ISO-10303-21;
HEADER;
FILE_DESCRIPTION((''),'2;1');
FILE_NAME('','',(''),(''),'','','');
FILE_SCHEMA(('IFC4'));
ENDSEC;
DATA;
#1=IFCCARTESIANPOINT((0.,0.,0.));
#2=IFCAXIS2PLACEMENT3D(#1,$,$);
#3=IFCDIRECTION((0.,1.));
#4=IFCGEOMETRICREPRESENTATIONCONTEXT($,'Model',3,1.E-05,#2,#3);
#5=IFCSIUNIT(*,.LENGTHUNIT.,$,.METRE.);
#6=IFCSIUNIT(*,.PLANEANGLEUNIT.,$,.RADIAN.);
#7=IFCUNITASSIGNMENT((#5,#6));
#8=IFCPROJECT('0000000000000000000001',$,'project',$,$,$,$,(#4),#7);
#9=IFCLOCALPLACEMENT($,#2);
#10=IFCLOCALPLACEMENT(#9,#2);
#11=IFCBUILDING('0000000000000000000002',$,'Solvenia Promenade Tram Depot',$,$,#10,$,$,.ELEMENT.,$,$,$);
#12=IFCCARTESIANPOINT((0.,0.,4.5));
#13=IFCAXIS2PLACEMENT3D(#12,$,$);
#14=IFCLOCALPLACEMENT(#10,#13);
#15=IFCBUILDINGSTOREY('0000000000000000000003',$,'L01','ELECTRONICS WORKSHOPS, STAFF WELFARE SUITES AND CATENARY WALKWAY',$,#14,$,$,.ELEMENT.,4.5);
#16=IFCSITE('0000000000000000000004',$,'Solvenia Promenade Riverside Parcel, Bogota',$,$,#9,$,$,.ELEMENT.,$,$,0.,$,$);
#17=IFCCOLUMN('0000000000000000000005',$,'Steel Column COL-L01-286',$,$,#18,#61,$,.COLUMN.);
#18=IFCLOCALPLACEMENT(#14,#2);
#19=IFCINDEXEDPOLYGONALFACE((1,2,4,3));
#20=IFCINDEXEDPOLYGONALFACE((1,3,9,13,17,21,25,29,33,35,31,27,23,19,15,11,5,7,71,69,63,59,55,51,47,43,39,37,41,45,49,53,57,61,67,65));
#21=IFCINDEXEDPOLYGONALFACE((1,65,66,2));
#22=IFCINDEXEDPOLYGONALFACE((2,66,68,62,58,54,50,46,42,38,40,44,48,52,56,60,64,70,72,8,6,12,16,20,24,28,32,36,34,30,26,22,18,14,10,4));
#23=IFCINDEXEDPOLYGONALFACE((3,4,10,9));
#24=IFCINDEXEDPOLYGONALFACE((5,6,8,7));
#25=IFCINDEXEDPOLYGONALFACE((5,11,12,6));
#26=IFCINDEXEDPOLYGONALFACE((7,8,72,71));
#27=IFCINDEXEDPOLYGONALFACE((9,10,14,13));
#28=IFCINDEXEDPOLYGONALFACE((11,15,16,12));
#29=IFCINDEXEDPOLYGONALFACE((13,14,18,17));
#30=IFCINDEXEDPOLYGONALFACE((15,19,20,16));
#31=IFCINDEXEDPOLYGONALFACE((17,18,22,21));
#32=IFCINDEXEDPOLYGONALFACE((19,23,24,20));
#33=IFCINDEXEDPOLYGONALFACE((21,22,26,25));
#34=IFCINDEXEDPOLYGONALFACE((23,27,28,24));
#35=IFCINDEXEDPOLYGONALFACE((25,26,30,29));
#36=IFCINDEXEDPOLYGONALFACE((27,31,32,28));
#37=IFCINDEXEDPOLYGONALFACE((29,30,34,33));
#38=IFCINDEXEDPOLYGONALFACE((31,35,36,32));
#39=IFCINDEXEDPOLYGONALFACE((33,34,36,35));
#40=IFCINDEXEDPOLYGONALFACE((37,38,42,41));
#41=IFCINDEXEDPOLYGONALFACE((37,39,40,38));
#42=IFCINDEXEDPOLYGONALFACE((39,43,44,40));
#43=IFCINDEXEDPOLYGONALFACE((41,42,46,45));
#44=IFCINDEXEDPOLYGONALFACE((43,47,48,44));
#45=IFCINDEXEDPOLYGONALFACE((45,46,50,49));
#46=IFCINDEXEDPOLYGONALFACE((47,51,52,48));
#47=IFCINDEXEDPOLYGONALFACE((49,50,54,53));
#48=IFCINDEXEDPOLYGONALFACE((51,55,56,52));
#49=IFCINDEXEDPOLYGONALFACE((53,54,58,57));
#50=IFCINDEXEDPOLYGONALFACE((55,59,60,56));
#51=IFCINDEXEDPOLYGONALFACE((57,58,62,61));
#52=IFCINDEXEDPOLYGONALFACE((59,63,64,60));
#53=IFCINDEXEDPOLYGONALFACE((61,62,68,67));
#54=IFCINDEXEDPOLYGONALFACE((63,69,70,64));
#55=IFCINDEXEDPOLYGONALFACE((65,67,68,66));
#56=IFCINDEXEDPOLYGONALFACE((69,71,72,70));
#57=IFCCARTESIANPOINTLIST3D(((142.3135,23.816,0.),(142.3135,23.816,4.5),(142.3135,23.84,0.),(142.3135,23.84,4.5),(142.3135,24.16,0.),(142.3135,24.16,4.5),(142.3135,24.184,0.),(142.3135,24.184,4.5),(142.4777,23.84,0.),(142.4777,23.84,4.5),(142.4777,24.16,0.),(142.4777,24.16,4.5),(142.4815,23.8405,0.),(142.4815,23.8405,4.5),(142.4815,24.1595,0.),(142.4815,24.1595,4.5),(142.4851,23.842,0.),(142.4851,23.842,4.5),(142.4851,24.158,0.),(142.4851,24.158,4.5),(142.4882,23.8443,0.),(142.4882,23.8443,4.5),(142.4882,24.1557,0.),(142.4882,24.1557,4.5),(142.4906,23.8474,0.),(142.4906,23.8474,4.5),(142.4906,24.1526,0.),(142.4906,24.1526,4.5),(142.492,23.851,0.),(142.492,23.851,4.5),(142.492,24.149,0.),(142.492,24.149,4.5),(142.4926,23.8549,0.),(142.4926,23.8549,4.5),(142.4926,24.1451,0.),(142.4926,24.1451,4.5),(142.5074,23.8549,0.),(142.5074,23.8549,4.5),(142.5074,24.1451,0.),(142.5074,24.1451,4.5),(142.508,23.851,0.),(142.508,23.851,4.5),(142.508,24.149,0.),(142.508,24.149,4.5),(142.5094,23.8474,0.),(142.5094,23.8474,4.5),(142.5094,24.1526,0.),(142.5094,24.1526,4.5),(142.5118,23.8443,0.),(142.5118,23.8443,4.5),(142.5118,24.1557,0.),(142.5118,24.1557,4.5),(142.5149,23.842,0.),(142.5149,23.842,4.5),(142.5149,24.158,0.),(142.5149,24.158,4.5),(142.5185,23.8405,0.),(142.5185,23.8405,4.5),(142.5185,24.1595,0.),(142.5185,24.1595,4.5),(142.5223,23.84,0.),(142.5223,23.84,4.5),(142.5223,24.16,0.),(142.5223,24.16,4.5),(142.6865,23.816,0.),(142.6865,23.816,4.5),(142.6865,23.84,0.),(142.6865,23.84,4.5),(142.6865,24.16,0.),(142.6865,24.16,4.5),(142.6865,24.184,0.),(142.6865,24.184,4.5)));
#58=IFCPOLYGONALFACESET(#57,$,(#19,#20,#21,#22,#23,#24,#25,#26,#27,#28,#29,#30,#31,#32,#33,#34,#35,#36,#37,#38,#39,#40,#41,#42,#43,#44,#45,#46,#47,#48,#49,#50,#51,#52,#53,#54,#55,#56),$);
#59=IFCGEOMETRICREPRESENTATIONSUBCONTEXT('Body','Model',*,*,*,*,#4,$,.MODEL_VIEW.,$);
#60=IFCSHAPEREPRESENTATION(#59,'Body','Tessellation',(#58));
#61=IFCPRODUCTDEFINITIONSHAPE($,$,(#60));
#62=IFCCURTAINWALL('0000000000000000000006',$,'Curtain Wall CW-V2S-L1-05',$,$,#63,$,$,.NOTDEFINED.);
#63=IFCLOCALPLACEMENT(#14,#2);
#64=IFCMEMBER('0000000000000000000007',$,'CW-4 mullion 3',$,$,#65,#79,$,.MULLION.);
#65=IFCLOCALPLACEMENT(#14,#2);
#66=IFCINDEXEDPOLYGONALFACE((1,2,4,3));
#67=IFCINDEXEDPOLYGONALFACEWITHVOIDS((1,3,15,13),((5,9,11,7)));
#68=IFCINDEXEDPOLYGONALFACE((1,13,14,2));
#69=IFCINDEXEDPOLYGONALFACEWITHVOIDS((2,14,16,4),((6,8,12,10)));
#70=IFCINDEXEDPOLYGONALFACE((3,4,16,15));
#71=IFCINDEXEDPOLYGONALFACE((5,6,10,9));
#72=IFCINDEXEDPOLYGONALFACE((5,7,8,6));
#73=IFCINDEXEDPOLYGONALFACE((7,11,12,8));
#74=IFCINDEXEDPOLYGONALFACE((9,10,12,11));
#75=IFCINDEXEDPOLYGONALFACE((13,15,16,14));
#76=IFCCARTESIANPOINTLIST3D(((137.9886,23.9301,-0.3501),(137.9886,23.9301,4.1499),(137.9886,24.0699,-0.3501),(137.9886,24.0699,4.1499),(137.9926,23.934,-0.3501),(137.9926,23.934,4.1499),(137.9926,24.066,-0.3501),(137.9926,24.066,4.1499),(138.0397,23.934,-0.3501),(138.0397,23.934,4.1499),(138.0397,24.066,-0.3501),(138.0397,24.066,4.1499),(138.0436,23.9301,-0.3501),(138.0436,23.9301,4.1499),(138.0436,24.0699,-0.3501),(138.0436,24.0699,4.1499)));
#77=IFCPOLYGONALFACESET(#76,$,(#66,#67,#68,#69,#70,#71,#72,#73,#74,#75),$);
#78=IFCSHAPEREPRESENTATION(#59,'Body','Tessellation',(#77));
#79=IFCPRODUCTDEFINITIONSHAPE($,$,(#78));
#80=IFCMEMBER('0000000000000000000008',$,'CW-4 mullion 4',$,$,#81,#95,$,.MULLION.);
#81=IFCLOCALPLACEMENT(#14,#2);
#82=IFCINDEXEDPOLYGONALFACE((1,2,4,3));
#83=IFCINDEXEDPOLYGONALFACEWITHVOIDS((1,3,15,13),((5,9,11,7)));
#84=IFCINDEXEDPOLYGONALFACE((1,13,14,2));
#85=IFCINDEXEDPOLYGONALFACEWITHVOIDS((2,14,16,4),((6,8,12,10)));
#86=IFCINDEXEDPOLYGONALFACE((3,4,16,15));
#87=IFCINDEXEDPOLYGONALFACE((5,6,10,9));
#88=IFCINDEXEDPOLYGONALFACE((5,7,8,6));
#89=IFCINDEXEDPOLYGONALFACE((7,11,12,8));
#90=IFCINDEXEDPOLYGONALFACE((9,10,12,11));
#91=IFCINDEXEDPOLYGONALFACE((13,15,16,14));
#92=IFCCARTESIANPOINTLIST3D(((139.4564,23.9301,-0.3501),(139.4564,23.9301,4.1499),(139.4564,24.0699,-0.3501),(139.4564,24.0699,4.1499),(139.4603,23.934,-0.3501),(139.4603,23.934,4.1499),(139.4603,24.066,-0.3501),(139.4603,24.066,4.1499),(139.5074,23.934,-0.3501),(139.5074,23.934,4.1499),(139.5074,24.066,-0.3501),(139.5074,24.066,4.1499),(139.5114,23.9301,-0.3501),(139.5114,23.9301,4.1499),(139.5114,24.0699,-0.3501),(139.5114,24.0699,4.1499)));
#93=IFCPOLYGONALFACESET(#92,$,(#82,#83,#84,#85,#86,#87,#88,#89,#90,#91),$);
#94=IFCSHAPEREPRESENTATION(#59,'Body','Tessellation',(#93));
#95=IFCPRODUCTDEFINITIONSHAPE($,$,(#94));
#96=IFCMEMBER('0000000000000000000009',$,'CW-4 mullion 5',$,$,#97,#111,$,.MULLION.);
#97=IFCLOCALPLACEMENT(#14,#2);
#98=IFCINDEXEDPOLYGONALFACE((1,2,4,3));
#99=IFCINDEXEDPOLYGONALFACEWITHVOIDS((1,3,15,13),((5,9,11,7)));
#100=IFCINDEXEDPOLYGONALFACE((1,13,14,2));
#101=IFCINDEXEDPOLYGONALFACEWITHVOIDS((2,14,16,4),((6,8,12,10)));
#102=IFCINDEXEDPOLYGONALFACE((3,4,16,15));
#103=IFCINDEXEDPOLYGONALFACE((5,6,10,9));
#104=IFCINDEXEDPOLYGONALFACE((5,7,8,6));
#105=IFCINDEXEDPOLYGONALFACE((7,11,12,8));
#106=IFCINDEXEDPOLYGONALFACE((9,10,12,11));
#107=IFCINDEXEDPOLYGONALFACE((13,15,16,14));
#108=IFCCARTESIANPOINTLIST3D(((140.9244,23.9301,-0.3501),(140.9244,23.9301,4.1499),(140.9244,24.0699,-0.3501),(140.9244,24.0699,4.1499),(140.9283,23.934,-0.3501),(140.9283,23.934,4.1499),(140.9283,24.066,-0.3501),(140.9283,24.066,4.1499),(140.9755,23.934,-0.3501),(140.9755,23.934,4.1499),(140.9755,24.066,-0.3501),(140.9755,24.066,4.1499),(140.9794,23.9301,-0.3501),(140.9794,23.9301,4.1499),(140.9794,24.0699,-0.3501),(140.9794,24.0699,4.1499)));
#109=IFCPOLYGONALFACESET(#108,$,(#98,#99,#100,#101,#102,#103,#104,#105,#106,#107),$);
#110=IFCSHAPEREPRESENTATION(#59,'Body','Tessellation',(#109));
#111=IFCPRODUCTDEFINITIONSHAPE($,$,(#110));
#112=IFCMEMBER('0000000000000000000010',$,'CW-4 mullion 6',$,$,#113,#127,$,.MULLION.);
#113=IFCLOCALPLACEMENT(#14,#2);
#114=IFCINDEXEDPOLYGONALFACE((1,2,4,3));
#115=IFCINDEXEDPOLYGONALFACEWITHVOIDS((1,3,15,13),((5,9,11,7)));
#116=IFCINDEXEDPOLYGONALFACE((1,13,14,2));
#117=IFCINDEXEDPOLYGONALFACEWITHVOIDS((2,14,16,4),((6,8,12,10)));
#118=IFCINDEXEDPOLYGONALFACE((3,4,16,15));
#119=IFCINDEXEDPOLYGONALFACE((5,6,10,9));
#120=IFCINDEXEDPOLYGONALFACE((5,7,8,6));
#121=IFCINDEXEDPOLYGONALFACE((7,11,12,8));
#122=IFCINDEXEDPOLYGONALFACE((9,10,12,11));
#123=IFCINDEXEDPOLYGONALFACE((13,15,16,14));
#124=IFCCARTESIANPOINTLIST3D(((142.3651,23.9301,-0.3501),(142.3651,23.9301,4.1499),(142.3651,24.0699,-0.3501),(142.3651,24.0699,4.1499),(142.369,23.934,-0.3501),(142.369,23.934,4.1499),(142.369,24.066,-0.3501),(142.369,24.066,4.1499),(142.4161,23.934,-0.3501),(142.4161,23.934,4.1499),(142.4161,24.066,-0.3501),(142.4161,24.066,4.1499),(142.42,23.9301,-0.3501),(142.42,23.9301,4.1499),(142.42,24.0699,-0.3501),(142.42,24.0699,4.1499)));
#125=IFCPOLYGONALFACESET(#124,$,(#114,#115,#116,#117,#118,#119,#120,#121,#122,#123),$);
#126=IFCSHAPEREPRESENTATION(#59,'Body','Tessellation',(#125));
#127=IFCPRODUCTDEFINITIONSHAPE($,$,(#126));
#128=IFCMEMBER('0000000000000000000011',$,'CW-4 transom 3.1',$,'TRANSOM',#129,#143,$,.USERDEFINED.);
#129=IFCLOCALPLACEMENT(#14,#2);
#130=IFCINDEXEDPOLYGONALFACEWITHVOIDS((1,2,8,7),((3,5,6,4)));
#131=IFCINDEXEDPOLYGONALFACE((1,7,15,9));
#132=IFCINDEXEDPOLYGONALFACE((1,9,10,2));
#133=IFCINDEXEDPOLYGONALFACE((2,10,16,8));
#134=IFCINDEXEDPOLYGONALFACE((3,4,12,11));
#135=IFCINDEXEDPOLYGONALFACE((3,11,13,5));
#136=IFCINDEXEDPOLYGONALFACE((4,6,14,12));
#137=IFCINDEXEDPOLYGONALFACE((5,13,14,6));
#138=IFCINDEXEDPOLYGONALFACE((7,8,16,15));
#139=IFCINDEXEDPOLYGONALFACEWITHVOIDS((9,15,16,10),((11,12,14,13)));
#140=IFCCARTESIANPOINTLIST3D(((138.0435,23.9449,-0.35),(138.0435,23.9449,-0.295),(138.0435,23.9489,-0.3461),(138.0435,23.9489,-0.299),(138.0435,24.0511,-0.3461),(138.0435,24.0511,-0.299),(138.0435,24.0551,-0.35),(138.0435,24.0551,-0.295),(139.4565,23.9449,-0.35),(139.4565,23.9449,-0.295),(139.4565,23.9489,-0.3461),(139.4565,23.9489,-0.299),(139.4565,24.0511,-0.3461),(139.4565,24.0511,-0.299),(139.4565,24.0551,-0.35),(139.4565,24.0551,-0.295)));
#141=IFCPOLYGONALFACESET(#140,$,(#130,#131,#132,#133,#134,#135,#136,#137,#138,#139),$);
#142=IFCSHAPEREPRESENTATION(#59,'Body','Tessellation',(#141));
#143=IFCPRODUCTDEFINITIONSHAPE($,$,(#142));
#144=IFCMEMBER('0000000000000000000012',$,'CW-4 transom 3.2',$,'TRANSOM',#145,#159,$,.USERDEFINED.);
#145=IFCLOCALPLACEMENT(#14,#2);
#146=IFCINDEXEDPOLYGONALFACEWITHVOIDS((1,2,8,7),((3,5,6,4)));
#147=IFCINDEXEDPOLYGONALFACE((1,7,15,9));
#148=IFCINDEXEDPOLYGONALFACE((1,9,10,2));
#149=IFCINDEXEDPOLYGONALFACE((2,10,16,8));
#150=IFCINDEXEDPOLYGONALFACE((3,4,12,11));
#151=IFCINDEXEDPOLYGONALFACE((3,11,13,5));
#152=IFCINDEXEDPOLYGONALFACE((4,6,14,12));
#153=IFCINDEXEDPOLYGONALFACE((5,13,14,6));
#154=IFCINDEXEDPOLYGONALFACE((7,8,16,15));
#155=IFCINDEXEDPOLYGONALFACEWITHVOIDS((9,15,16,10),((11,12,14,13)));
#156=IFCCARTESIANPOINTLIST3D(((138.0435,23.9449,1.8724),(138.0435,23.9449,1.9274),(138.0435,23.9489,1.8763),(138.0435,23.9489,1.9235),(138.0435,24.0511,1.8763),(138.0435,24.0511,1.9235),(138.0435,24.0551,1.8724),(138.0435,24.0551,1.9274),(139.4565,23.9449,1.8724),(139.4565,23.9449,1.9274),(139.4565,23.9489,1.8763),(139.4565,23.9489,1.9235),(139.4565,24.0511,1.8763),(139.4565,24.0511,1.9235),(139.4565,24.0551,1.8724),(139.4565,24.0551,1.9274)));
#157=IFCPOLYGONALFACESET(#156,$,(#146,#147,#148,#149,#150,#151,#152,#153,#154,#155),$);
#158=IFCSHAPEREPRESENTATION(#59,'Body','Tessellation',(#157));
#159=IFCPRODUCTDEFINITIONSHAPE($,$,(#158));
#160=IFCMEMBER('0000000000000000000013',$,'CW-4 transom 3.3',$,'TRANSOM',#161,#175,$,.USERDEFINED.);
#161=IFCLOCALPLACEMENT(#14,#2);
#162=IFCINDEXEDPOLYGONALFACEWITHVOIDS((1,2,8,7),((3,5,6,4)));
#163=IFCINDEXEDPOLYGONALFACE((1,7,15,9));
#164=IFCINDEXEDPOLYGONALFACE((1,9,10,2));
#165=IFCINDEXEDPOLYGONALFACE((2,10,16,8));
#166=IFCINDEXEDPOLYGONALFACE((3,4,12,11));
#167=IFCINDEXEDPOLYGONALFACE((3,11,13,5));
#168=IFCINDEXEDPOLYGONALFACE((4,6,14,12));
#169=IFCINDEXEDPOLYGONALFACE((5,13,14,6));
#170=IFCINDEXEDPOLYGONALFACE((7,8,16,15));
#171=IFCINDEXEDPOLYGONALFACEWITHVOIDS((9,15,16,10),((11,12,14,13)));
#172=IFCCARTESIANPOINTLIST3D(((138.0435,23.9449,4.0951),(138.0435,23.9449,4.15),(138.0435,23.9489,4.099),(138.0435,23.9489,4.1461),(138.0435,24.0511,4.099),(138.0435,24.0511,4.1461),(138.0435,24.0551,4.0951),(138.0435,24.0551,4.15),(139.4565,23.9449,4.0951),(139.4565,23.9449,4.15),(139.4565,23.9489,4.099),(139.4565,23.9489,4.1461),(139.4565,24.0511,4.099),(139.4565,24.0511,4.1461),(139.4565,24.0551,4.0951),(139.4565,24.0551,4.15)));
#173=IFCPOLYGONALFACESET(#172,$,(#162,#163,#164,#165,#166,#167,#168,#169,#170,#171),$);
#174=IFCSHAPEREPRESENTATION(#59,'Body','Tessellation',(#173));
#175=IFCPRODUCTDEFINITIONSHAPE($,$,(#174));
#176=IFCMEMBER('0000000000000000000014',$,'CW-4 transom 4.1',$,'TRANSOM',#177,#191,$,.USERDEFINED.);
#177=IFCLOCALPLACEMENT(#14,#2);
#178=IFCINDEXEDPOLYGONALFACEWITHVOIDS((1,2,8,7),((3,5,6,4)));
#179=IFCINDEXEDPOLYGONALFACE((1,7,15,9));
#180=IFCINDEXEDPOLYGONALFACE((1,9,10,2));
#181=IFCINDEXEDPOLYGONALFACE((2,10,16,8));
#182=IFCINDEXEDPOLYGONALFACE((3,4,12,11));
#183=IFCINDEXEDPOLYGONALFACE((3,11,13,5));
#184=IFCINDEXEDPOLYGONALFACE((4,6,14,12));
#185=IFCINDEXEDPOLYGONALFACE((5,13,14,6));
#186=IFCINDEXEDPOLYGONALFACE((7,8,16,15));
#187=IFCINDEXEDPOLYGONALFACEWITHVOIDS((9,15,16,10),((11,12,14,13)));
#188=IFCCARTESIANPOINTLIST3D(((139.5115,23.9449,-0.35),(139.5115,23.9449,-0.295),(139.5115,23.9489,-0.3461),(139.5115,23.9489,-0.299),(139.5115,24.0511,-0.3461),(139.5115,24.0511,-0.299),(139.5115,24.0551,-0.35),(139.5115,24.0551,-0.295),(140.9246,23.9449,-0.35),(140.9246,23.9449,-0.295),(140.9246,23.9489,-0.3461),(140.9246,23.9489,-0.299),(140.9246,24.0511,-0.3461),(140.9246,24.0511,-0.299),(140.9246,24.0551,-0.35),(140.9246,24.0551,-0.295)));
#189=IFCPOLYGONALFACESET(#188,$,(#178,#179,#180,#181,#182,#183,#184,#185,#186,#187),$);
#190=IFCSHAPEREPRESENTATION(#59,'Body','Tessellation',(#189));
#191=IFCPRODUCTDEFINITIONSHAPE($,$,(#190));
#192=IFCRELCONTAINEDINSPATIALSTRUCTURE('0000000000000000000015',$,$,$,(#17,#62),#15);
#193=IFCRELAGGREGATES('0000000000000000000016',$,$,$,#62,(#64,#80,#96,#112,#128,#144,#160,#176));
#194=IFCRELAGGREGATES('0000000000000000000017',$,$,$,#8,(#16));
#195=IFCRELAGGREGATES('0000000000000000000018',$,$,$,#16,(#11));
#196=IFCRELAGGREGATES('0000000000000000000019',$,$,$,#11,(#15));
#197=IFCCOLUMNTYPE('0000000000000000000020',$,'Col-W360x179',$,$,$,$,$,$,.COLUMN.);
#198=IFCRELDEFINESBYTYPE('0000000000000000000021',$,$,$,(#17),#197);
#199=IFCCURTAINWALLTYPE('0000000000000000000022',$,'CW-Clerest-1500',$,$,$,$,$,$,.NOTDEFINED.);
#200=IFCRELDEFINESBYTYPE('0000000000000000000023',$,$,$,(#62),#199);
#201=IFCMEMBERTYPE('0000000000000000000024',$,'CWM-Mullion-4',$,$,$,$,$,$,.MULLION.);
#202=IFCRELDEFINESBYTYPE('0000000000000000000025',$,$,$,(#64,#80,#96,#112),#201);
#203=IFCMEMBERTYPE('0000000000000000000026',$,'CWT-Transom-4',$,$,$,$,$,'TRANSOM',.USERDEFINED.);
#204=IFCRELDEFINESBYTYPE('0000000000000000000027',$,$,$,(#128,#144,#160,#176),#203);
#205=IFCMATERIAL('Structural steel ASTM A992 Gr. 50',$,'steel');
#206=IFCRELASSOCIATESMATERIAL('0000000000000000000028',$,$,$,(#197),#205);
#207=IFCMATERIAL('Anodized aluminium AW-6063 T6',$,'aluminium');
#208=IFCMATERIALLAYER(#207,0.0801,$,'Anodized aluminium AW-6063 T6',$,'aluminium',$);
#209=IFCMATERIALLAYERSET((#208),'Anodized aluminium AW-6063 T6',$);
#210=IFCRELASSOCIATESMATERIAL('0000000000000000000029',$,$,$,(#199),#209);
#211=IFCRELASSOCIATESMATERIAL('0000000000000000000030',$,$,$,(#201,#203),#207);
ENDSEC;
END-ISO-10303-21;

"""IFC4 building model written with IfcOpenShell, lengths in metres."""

from ifc_helpers import new_model, si_unit, direction, frame, origin, origin_2d, place, context, subcontext, project, spatial, hollow_rectangle, i_section, extrude, material, layer, layer_set, material_profile, profile_set, type_object, element, aggregate, save


model = new_model("IFC4")

# Units and contexts
model_context = context("Model", 3, precision=1e-05, world=origin(), true_north=direction((0.0, 1.0)))
body_context = subcontext(model_context, "Body", "Model", "MODEL_VIEW")
ifc_project = project(units=[si_unit("LENGTHUNIT", "METRE"), si_unit("PLANEANGLEUNIT", "RADIAN")], contexts=[model_context])

# Site, building, storey
site_placement = place(None, origin())
site = spatial("IfcSite", under=ifc_project, at=site_placement, Name="Solvenia Promenade Riverside Parcel, Bogota", CompositionType="ELEMENT", RefElevation=0.0)
building_placement = place(site_placement, origin())
building = spatial("IfcBuilding", under=site, at=building_placement, Name="Solvenia Promenade Tram Depot", CompositionType="ELEMENT")
storey_placement = place(building_placement, frame((0.0, 0.0, 4.5)))
storey = spatial("IfcBuildingStorey", under=building, at=storey_placement, Name="L01", Description="ELECTRONICS WORKSHOPS, STAFF WELFARE SUITES AND CATENARY WALKWAY", CompositionType="ELEMENT", Elevation=4.5)

# Column
ifc_material_1 = material(Name="Structural steel ASTM A992 Gr. 50", Category="steel")
ifc_material_profile_1 = material_profile(ifc_material_1, i_section(OverallWidth=0.373, OverallDepth=0.3679, WebThickness=0.0149, FlangeThickness=0.0239, FilletRadius=0.0149, at=origin_2d()), Name="W360x179", Category="steel")
ifc_profile_set_1 = profile_set([ifc_material_profile_1], Name="Structural steel ASTM A992 Gr. 50")
column_type = type_object("IfcColumnType", Name="Col-W360x179", PredefinedType="COLUMN", material=ifc_profile_set_1)
column_placement = place(storey_placement, frame((142.5, 24.0, 0.0), z_axis=(0.0, 0.0, 1.0), x_axis=(1.0, 0.0, 0.0)))
element("IfcColumn", 1, at=column_placement, inside=storey, type_object=column_type, Name="Steel Column COL-L01-286", PredefinedType="COLUMN", context=body_context, shape_type="SweptSolid", body=[
    extrude(i_section(OverallWidth=0.373, OverallDepth=0.3679, WebThickness=0.0149, FlangeThickness=0.0239, FilletRadius=0.0149, at=origin_2d()), origin(), (0.0, 0.0, 1.0), 4.5),
])

# Curtain wall, members
ifc_material_2 = material(Name="Anodized aluminium AW-6063 T6", Category="aluminium")
ifc_layer_1 = layer(ifc_material_2, 0.0801, Name="Anodized aluminium AW-6063 T6", Category="aluminium")
ifc_layer_set_1 = layer_set([ifc_layer_1], Name="Anodized aluminium AW-6063 T6")
curtain_wall_type = type_object("IfcCurtainWallType", Name="CW-Clerest-1500", PredefinedType="NOTDEFINED", material=ifc_layer_set_1)
curtain_wall_placement = place(storey_placement, origin())
curtain_wall = element("IfcCurtainWall", 2, at=curtain_wall_placement, inside=storey, type_object=curtain_wall_type, Name="Curtain Wall CW-V2S-L1-05", PredefinedType="NOTDEFINED")
ifc_material_profile_2 = material_profile(ifc_material_2, hollow_rectangle(XDim=0.1399, YDim=0.0549, WallThickness=0.0039, at=origin_2d()), Name="ALU-M4", Category="aluminium")
ifc_profile_set_2 = profile_set([ifc_material_profile_2], Name="Anodized aluminium AW-6063 T6")
member_type_1 = type_object("IfcMemberType", Name="CWM-Mullion-4", PredefinedType="MULLION", material=ifc_profile_set_2)
member_1_placement = place(storey_placement, frame((138.0161, 24.0, -0.3501), z_axis=(0.0, 0.0, 1.0), x_axis=(0.0, 1.0, 0.0)))
member_1 = element("IfcMember", 3, at=member_1_placement, type_object=member_type_1, Name="CW-4 mullion 3", PredefinedType="MULLION", context=body_context, shape_type="SweptSolid", body=[
    extrude(hollow_rectangle(XDim=0.1399, YDim=0.0549, WallThickness=0.0039, at=origin_2d()), origin(), (0.0, 0.0, 1.0), 4.5),
])
member_2_placement = place(storey_placement, frame((139.4839, 24.0, -0.3501), z_axis=(0.0, 0.0, 1.0), x_axis=(0.0, 1.0, 0.0)))
member_2 = element("IfcMember", 4, at=member_2_placement, type_object=member_type_1, Name="CW-4 mullion 4", PredefinedType="MULLION", context=body_context, shape_type="SweptSolid", body=[
    extrude(hollow_rectangle(XDim=0.1399, YDim=0.0549, WallThickness=0.0039, at=origin_2d()), origin(), (0.0, 0.0, 1.0), 4.5),
])
member_3_placement = place(storey_placement, frame((140.9519, 24.0, -0.3501), z_axis=(0.0, 0.0, 1.0), x_axis=(0.0, 1.0, 0.0)))
member_3 = element("IfcMember", 5, at=member_3_placement, type_object=member_type_1, Name="CW-4 mullion 5", PredefinedType="MULLION", context=body_context, shape_type="SweptSolid", body=[
    extrude(hollow_rectangle(XDim=0.1399, YDim=0.0549, WallThickness=0.0039, at=origin_2d()), origin(), (0.0, 0.0, 1.0), 4.5),
])
member_4_placement = place(storey_placement, frame((142.3926, 24.0, -0.3501), z_axis=(0.0, 0.0, 1.0), x_axis=(0.0, 1.0, 0.0)))
member_4 = element("IfcMember", 6, at=member_4_placement, type_object=member_type_1, Name="CW-4 mullion 6", PredefinedType="MULLION", context=body_context, shape_type="SweptSolid", body=[
    extrude(hollow_rectangle(XDim=0.1399, YDim=0.0549, WallThickness=0.0039, at=origin_2d()), origin(), (0.0, 0.0, 1.0), 4.5),
])
ifc_material_profile_3 = material_profile(ifc_material_2, hollow_rectangle(XDim=0.1101, YDim=0.0549, WallThickness=0.0039, at=origin_2d()), Name="ALU-T4", Category="aluminium")
ifc_profile_set_3 = profile_set([ifc_material_profile_3], Name="Anodized aluminium AW-6063 T6")
member_type_2 = type_object("IfcMemberType", Name="CWT-Transom-4", ElementType="TRANSOM", PredefinedType="USERDEFINED", material=ifc_profile_set_3)
member_5_placement = place(storey_placement, frame((138.0435, 24.0, -0.3225), z_axis=(1.0, 0.0, 0.0), x_axis=(0.0, 1.0, 0.0)))
member_5 = element("IfcMember", 7, at=member_5_placement, type_object=member_type_2, Name="CW-4 transom 3.1", ObjectType="TRANSOM", PredefinedType="USERDEFINED", context=body_context, shape_type="SweptSolid", body=[
    extrude(hollow_rectangle(XDim=0.1101, YDim=0.0549, WallThickness=0.0039, at=origin_2d()), origin(), (0.0, 0.0, 1.0), 1.4131),
])
member_6_placement = place(storey_placement, frame((138.0435, 24.0, 1.8999), z_axis=(1.0, 0.0, 0.0), x_axis=(0.0, 1.0, 0.0)))
member_6 = element("IfcMember", 8, at=member_6_placement, type_object=member_type_2, Name="CW-4 transom 3.2", ObjectType="TRANSOM", PredefinedType="USERDEFINED", context=body_context, shape_type="SweptSolid", body=[
    extrude(hollow_rectangle(XDim=0.1101, YDim=0.0549, WallThickness=0.0039, at=origin_2d()), origin(), (0.0, 0.0, 1.0), 1.4131),
])
member_7_placement = place(storey_placement, frame((138.0435, 24.0, 4.1226), z_axis=(1.0, 0.0, 0.0), x_axis=(0.0, 1.0, 0.0)))
member_7 = element("IfcMember", 9, at=member_7_placement, type_object=member_type_2, Name="CW-4 transom 3.3", ObjectType="TRANSOM", PredefinedType="USERDEFINED", context=body_context, shape_type="SweptSolid", body=[
    extrude(hollow_rectangle(XDim=0.1101, YDim=0.0549, WallThickness=0.0039, at=origin_2d()), origin(), (0.0, 0.0, 1.0), 1.4131),
])
member_8_placement = place(storey_placement, frame((139.5115, 24.0, -0.3225), z_axis=(1.0, 0.0, 0.0), x_axis=(0.0, 1.0, 0.0)))
member_8 = element("IfcMember", 10, at=member_8_placement, type_object=member_type_2, Name="CW-4 transom 4.1", ObjectType="TRANSOM", PredefinedType="USERDEFINED", context=body_context, shape_type="SweptSolid", body=[
    extrude(hollow_rectangle(XDim=0.1101, YDim=0.0549, WallThickness=0.0039, at=origin_2d()), origin(), (0.0, 0.0, 1.0), 1.4131),
])

aggregate(curtain_wall, [member_1, member_2, member_3, member_4, member_5, member_6, member_7, member_8])

save(model, "model.ifc")
